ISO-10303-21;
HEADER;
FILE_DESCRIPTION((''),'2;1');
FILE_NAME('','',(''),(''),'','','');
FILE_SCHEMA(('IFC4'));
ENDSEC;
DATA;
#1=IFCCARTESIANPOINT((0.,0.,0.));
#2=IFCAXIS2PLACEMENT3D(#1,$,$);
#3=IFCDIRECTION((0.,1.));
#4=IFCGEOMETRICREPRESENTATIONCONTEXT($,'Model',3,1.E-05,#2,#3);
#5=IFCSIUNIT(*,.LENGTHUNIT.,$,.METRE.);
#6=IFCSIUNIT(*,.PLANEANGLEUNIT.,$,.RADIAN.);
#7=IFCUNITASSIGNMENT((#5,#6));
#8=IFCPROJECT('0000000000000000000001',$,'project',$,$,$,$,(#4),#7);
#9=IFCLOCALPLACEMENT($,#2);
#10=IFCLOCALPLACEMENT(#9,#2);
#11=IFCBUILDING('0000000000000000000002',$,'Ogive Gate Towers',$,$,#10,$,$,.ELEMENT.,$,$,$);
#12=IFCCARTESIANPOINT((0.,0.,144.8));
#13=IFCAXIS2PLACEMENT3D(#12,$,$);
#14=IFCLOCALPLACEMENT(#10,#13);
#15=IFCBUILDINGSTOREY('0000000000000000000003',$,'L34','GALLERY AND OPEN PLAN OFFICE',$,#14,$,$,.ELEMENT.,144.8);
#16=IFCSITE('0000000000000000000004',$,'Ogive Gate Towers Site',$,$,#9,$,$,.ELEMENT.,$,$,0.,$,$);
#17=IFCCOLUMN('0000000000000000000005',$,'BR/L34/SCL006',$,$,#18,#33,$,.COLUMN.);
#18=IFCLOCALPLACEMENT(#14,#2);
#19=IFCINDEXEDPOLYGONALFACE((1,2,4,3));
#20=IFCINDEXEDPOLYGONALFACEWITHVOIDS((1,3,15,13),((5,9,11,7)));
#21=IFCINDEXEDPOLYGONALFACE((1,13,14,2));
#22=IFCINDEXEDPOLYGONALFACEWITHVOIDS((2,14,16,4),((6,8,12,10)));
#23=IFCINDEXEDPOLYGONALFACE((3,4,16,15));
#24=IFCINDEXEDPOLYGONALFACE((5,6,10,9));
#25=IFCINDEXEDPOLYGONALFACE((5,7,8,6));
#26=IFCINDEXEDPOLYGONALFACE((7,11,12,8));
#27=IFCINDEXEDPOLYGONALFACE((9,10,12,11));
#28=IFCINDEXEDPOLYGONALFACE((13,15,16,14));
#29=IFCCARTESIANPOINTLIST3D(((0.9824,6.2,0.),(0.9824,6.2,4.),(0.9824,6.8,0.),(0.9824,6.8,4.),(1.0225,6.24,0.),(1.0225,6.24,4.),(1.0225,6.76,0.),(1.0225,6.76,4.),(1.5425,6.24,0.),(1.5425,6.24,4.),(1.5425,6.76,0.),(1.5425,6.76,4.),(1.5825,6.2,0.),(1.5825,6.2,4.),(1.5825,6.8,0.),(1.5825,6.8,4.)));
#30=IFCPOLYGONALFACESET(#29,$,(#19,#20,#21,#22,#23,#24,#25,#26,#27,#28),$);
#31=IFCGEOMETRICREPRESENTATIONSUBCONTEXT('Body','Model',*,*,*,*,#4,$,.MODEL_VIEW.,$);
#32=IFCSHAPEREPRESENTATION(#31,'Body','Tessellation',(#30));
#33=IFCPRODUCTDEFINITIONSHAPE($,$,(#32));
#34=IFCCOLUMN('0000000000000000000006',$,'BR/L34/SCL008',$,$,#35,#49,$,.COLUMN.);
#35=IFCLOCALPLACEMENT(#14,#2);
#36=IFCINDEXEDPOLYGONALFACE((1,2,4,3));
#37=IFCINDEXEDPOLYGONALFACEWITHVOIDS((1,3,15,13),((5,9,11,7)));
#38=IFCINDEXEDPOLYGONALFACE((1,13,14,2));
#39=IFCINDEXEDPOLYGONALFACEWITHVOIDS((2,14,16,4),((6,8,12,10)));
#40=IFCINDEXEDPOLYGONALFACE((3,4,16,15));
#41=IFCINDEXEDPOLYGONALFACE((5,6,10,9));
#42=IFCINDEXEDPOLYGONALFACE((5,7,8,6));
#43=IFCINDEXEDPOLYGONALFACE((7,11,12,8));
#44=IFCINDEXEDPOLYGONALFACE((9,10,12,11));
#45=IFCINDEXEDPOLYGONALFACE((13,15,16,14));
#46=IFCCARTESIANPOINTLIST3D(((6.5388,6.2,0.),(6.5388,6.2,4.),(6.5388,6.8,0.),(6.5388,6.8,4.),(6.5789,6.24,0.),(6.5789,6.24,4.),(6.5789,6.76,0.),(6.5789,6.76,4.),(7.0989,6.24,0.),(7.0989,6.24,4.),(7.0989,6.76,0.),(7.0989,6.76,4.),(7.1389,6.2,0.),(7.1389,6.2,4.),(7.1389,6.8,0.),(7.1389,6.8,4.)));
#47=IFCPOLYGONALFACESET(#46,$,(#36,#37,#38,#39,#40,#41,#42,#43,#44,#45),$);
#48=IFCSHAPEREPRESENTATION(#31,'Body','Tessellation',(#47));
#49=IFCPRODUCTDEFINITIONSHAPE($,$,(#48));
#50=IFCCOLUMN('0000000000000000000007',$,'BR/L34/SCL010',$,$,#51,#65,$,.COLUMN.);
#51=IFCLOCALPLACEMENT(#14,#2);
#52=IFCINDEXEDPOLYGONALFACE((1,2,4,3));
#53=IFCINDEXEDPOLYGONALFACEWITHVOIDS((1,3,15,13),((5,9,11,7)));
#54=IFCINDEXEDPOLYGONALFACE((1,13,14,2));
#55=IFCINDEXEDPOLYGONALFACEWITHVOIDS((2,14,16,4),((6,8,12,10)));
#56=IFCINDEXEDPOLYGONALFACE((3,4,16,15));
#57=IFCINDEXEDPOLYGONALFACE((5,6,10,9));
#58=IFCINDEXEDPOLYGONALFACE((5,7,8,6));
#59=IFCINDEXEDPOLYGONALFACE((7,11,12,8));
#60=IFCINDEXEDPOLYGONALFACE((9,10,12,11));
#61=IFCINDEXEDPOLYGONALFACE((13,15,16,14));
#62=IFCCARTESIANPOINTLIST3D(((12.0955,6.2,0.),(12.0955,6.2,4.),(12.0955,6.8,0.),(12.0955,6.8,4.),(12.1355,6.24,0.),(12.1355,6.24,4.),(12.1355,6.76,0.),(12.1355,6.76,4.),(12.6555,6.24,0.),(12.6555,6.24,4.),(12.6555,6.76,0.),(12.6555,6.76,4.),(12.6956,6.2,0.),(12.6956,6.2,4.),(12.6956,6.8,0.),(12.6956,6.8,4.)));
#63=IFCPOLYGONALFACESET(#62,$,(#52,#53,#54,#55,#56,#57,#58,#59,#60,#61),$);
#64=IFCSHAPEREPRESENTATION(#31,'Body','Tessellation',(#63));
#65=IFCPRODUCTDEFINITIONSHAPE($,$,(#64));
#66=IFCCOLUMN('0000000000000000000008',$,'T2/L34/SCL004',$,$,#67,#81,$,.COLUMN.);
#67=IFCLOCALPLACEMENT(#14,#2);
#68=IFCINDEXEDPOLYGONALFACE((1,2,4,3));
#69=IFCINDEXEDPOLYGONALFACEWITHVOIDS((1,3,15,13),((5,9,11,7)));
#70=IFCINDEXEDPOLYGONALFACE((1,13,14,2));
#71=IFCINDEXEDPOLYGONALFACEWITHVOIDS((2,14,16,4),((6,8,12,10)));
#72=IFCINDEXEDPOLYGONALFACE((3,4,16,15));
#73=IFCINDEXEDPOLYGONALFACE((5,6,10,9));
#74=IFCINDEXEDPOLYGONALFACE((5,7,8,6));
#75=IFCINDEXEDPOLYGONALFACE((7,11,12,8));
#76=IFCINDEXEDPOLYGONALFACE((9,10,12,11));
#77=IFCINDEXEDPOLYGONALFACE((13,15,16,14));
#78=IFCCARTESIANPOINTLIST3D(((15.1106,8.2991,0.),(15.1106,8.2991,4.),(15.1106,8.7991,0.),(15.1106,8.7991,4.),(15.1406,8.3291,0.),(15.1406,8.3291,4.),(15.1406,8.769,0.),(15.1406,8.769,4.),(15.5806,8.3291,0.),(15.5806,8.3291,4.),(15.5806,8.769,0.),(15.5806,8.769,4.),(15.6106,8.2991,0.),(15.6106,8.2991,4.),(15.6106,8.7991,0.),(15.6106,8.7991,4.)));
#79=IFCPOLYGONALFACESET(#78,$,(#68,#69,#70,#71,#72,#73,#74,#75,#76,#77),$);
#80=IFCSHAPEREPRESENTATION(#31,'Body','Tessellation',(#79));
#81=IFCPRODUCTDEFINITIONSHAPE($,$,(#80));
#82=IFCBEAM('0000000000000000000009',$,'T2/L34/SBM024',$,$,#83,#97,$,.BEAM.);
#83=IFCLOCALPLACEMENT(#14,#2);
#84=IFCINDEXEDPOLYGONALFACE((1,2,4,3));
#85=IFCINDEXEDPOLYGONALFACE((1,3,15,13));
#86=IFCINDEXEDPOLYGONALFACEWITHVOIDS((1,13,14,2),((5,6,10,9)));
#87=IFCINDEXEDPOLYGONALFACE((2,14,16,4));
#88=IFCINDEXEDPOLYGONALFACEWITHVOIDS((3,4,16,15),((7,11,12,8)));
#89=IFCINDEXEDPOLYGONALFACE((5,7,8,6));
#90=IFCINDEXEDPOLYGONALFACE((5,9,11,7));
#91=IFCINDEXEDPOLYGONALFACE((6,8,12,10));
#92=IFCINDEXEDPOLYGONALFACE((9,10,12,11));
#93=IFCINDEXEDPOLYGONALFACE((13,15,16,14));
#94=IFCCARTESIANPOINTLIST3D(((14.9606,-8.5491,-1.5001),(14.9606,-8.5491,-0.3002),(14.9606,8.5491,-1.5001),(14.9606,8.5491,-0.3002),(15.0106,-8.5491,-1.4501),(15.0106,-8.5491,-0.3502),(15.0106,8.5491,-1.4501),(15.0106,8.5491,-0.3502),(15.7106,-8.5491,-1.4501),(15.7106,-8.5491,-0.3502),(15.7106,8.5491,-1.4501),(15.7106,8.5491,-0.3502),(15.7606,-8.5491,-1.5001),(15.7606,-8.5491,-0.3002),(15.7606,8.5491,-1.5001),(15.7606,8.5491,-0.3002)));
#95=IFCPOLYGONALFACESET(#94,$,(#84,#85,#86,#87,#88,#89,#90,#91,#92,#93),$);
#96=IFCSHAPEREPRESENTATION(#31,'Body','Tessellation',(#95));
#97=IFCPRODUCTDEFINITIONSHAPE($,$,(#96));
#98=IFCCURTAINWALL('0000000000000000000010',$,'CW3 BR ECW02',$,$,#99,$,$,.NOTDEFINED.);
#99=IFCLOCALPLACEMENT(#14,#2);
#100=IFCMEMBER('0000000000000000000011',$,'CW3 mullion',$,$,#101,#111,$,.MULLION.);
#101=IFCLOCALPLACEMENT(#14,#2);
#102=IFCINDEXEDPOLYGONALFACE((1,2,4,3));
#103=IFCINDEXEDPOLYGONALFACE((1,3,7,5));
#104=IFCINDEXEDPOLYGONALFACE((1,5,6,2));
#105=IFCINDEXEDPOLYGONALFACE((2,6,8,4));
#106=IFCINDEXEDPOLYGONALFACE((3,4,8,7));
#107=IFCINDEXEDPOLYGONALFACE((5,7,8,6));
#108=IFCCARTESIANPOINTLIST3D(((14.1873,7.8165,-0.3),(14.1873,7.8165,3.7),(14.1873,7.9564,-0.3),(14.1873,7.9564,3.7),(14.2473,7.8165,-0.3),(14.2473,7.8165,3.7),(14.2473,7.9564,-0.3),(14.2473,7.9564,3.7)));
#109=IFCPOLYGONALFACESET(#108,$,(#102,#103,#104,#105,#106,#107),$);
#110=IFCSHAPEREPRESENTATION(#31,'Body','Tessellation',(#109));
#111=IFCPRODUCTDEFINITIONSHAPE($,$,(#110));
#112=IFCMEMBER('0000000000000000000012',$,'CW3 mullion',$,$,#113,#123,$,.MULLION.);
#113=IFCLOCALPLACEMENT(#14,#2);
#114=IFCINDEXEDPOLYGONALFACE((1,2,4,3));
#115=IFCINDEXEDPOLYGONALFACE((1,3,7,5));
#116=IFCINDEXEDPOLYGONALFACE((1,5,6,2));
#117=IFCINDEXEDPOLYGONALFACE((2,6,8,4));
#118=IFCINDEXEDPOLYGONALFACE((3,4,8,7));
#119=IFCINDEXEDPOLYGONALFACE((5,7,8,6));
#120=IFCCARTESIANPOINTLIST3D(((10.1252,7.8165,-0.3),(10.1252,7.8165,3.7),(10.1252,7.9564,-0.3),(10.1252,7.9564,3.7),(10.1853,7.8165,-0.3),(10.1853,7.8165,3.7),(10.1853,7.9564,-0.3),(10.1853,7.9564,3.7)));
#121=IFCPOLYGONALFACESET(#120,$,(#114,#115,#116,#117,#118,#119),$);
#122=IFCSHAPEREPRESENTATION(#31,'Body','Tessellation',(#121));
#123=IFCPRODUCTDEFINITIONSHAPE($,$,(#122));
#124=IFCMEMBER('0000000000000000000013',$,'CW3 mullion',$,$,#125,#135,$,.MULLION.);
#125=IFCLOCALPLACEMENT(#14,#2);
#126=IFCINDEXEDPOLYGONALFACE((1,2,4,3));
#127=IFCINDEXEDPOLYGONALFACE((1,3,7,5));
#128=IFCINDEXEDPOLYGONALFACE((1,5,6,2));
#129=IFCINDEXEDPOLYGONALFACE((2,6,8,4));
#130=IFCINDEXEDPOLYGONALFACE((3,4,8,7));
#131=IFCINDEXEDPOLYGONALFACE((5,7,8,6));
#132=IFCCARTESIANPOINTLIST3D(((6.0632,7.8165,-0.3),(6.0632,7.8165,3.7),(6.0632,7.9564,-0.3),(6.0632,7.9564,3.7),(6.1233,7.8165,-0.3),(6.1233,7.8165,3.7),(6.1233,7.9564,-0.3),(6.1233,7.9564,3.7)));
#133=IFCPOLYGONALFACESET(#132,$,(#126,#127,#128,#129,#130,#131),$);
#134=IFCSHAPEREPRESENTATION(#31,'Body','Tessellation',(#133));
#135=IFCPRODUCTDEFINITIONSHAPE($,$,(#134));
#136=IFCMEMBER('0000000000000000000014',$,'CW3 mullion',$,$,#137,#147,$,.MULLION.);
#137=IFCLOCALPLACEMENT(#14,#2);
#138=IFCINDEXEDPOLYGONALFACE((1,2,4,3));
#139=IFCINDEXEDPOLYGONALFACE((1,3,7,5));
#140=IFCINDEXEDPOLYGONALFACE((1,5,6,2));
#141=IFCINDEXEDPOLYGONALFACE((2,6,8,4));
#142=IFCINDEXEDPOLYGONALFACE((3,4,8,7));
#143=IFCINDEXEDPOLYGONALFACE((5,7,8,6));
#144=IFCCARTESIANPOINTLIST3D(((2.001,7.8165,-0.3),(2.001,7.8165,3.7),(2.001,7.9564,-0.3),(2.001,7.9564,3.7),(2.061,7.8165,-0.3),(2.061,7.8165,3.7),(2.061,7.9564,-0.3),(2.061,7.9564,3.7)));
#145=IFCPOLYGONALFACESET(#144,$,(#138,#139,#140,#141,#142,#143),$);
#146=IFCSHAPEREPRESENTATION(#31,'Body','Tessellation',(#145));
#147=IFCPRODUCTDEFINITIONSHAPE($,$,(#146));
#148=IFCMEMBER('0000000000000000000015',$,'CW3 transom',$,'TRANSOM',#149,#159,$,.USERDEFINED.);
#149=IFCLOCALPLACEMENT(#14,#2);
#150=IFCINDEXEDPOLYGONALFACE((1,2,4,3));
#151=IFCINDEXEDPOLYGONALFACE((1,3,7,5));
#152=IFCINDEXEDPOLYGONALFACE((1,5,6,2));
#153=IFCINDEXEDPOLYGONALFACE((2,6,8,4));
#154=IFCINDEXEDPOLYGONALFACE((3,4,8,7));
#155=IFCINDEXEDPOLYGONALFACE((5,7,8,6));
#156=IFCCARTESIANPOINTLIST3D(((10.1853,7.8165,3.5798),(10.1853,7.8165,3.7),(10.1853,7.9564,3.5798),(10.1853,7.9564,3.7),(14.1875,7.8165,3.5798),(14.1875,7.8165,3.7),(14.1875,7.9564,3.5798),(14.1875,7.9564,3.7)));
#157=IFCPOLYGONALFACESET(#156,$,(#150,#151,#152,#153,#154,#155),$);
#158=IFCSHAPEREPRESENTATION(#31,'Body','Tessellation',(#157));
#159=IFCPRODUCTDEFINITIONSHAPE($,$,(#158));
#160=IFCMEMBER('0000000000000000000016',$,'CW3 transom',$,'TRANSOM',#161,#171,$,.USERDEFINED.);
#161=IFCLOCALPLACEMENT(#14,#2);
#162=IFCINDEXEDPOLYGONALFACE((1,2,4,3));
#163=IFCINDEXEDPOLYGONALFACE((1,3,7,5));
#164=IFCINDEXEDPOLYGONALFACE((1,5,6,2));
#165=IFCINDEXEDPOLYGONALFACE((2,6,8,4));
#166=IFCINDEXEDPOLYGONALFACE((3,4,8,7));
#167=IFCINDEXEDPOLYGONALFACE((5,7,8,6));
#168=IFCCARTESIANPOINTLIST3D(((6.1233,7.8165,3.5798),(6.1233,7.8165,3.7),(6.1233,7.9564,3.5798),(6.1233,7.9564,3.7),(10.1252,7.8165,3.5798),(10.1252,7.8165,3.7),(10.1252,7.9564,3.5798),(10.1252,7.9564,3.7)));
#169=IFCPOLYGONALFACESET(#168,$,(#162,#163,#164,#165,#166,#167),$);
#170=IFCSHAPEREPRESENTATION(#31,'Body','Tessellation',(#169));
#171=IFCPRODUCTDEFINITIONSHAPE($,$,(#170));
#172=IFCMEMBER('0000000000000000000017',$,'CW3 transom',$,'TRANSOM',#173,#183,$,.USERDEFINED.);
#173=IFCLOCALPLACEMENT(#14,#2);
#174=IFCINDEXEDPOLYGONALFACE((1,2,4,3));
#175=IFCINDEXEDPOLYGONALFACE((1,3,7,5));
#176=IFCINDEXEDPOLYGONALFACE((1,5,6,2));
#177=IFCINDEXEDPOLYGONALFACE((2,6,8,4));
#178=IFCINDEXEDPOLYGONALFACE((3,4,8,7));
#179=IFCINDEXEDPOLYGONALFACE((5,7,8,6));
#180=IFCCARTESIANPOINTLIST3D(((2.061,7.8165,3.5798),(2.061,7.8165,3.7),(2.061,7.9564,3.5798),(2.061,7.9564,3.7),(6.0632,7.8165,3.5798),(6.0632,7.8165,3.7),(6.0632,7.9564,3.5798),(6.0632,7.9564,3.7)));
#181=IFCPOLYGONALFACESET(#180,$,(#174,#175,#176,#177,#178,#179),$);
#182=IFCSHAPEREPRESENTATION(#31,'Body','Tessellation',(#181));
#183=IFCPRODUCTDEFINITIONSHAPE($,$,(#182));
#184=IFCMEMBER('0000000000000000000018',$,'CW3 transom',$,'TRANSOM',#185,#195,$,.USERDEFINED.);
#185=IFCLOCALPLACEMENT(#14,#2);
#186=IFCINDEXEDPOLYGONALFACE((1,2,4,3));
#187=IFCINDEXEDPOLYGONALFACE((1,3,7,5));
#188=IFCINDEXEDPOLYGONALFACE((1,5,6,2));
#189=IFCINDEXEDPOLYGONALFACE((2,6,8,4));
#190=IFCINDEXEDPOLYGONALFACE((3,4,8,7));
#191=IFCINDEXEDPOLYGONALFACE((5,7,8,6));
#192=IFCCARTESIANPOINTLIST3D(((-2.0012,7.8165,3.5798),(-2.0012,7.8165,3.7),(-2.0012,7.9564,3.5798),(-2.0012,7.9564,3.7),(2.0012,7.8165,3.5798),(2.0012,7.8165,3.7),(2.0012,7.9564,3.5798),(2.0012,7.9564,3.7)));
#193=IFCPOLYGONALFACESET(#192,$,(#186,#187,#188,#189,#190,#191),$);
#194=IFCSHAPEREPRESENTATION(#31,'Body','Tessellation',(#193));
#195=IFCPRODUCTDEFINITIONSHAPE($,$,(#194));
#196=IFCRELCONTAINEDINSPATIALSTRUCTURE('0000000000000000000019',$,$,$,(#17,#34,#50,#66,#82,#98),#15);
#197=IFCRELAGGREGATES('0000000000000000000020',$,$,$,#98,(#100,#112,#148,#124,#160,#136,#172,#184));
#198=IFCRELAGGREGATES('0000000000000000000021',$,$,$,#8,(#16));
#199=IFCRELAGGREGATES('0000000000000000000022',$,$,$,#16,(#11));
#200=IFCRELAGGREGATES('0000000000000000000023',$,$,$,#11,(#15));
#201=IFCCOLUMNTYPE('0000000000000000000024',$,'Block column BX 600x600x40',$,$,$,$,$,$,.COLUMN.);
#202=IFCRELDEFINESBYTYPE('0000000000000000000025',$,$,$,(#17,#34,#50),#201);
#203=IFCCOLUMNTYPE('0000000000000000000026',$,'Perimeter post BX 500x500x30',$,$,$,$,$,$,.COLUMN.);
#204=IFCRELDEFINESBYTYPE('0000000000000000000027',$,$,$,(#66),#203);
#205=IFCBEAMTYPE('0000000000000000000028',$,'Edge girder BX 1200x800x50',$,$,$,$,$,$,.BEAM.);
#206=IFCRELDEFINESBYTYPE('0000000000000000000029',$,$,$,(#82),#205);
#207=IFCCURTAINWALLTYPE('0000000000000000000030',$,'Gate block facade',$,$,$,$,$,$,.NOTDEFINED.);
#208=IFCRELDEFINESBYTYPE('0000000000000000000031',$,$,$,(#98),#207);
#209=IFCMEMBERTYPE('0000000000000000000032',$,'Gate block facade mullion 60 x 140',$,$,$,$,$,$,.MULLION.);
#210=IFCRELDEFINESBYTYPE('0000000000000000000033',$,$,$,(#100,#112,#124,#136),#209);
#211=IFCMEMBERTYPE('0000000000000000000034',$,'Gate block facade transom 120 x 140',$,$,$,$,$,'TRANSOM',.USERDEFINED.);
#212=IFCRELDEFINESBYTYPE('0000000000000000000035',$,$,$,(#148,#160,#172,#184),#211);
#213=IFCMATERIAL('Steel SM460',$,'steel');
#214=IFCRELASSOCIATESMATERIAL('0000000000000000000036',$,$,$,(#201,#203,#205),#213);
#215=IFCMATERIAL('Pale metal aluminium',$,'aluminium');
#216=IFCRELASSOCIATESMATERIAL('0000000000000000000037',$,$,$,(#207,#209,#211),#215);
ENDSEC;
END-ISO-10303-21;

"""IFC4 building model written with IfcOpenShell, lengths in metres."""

from ifc_helpers import new_model, si_unit, direction, frame, origin, origin_2d, place, context, subcontext, project, spatial, rectangle, hollow_rectangle, extrude, material, material_profile, profile_set, type_object, element, aggregate, save


model = new_model("IFC4")

# Units and contexts
model_context = context("Model", 3, precision=1e-05, world=origin(), true_north=direction((0.0, 1.0)))
body_context = subcontext(model_context, "Body", "Model", "MODEL_VIEW")
ifc_project = project(units=[si_unit("LENGTHUNIT", "METRE"), si_unit("PLANEANGLEUNIT", "RADIAN")], contexts=[model_context])

# Site, building, storey
site_placement = place(None, origin())
site = spatial("IfcSite", under=ifc_project, at=site_placement, Name="Ogive Gate Towers Site", CompositionType="ELEMENT", RefElevation=0.0)
building_placement = place(site_placement, origin())
building = spatial("IfcBuilding", under=site, at=building_placement, Name="Ogive Gate Towers", CompositionType="ELEMENT")
storey_placement = place(building_placement, frame((0.0, 0.0, 144.8)))
storey = spatial("IfcBuildingStorey", under=building, at=storey_placement, Name="L34", Description="GALLERY AND OPEN PLAN OFFICE", CompositionType="ELEMENT", Elevation=144.8)

# Columns
ifc_material_1 = material(Name="Steel SM460", Category="steel")
ifc_material_profile_1 = material_profile(ifc_material_1, hollow_rectangle(XDim=0.6001, YDim=0.6001, WallThickness=0.04, at=origin_2d()), Name="BX 600x600x40")
ifc_profile_set_1 = profile_set([ifc_material_profile_1], Name="Steel SM460")
column_type_1 = type_object("IfcColumnType", Name="Block column BX 600x600x40", PredefinedType="COLUMN", material=ifc_profile_set_1)
for number, where, z_axis, x_axis, name in (
    (1, (1.2825, 6.5, 0.0), (0.0, 0.0, 1.0), (1.0, 0.0, 0.0), "BR/L34/SCL006"),
    (2, (6.8389, 6.5, 0.0), (0.0, 0.0, 1.0), (1.0, 0.0, 0.0), "BR/L34/SCL008"),
    (3, (12.3955, 6.5, 0.0), (0.0, 0.0, 1.0), (1.0, 0.0, 0.0), "BR/L34/SCL010"),
):
    element("IfcColumn", number, at=place(storey_placement, frame(where, z_axis=z_axis, x_axis=x_axis)), inside=storey, type_object=column_type_1, Name=name, PredefinedType="COLUMN", context=body_context, shape_type="SweptSolid", body=[
        extrude(hollow_rectangle(XDim=0.6001, YDim=0.6001, WallThickness=0.04, at=origin_2d()), origin(), (0.0, 0.0, 1.0), 4.0),
    ])
ifc_material_profile_2 = material_profile(ifc_material_1, hollow_rectangle(XDim=0.5, YDim=0.5, WallThickness=0.03, at=origin_2d()), Name="BX 500x500x30")
ifc_profile_set_2 = profile_set([ifc_material_profile_2], Name="Steel SM460")
column_type_2 = type_object("IfcColumnType", Name="Perimeter post BX 500x500x30", PredefinedType="COLUMN", material=ifc_profile_set_2)
column_placement = place(storey_placement, frame((15.3606, 8.5491, 0.0), z_axis=(0.0, 0.0, 1.0), x_axis=(1.0, 0.0, 0.0)))
element("IfcColumn", 4, at=column_placement, inside=storey, type_object=column_type_2, Name="T2/L34/SCL004", PredefinedType="COLUMN", context=body_context, shape_type="SweptSolid", body=[
    extrude(hollow_rectangle(XDim=0.5, YDim=0.5, WallThickness=0.03, at=origin_2d()), origin(), (0.0, 0.0, 1.0), 4.0),
])

# Beam
ifc_material_profile_3 = material_profile(ifc_material_1, hollow_rectangle(XDim=0.8, YDim=1.2, WallThickness=0.05, at=origin_2d()), Name="BX 1200x800x50")
ifc_profile_set_3 = profile_set([ifc_material_profile_3], Name="Steel SM460")
beam_type = type_object("IfcBeamType", Name="Edge girder BX 1200x800x50", PredefinedType="BEAM", material=ifc_profile_set_3)
beam_placement = place(storey_placement, frame((15.3606, 8.5491, -0.9001), z_axis=(0.0, -1.0, 0.0), x_axis=(1.0, 0.0, 0.0)))
element("IfcBeam", 5, at=beam_placement, inside=storey, type_object=beam_type, Name="T2/L34/SBM024", PredefinedType="BEAM", context=body_context, shape_type="SweptSolid", body=[
    extrude(hollow_rectangle(XDim=0.8, YDim=1.2, WallThickness=0.05, at=origin_2d()), origin(), (0.0, 0.0, 1.0), 17.0981),
])

# Curtain wall, members
ifc_material_2 = material(Name="Pale metal aluminium", Category="aluminium")
curtain_wall_type_1 = type_object("IfcCurtainWallType", Name="Gate block facade", PredefinedType="NOTDEFINED", material=ifc_material_2)
curtain_wall_1_placement = place(storey_placement, origin())
curtain_wall_1 = element("IfcCurtainWall", 6, at=curtain_wall_1_placement, inside=storey, type_object=curtain_wall_type_1, Name="CW3 BR ECW02", PredefinedType="NOTDEFINED")
ifc_material_profile_4 = material_profile(ifc_material_2, rectangle(XDim=0.1399, YDim=0.0601, at=origin_2d()), Name="60 x 140 aluminium box")
ifc_profile_set_4 = profile_set([ifc_material_profile_4], Name="Pale metal aluminium")
member_type_1 = type_object("IfcMemberType", Name="Gate block facade mullion 60 x 140", PredefinedType="MULLION", material=ifc_profile_set_4)
member_1_placement = place(storey_placement, frame((14.2173, 7.8865, -0.3), z_axis=(0.0, 0.0, 1.0), x_axis=(0.0, 1.0, 0.0)))
member_1 = element("IfcMember", 7, at=member_1_placement, type_object=member_type_1, Name="CW3 mullion", PredefinedType="MULLION", context=body_context, shape_type="SweptSolid", body=[
    extrude(rectangle(XDim=0.1399, YDim=0.0601, at=origin_2d()), origin(), (0.0, 0.0, 1.0), 4.0),
])
member_2_placement = place(storey_placement, frame((10.1553, 7.8865, -0.3), z_axis=(0.0, 0.0, 1.0), x_axis=(0.0, 1.0, 0.0)))
member_2 = element("IfcMember", 8, at=member_2_placement, type_object=member_type_1, Name="CW3 mullion", PredefinedType="MULLION", context=body_context, shape_type="SweptSolid", body=[
    extrude(rectangle(XDim=0.1399, YDim=0.0601, at=origin_2d()), origin(), (0.0, 0.0, 1.0), 4.0),
])
member_3_placement = place(storey_placement, frame((6.0933, 7.8865, -0.3), z_axis=(0.0, 0.0, 1.0), x_axis=(0.0, 1.0, 0.0)))
member_3 = element("IfcMember", 9, at=member_3_placement, type_object=member_type_1, Name="CW3 mullion", PredefinedType="MULLION", context=body_context, shape_type="SweptSolid", body=[
    extrude(rectangle(XDim=0.1399, YDim=0.0601, at=origin_2d()), origin(), (0.0, 0.0, 1.0), 4.0),
])
member_4_placement = place(storey_placement, frame((2.031, 7.8865, -0.3), z_axis=(0.0, 0.0, 1.0), x_axis=(0.0, 1.0, 0.0)))
member_4 = element("IfcMember", 10, at=member_4_placement, type_object=member_type_1, Name="CW3 mullion", PredefinedType="MULLION", context=body_context, shape_type="SweptSolid", body=[
    extrude(rectangle(XDim=0.1399, YDim=0.0601, at=origin_2d()), origin(), (0.0, 0.0, 1.0), 4.0),
])
ifc_material_profile_5 = material_profile(ifc_material_2, rectangle(XDim=0.1399, YDim=0.1201, at=origin_2d()), Name="120 x 140 aluminium box")
ifc_profile_set_5 = profile_set([ifc_material_profile_5], Name="Pale metal aluminium")
member_type_2 = type_object("IfcMemberType", Name="Gate block facade transom 120 x 140", ElementType="TRANSOM", PredefinedType="USERDEFINED", material=ifc_profile_set_5)
member_5_placement = place(storey_placement, frame((14.1875, 7.8865, 3.6399), z_axis=(-1.0, 0.0, 0.0), x_axis=(0.0, -1.0, 0.0)))
member_5 = element("IfcMember", 11, at=member_5_placement, type_object=member_type_2, Name="CW3 transom", ObjectType="TRANSOM", PredefinedType="USERDEFINED", context=body_context, shape_type="SweptSolid", body=[
    extrude(rectangle(XDim=0.1399, YDim=0.1201, at=origin_2d()), origin(), (0.0, 0.0, 1.0), 4.0022),
])
member_6_placement = place(storey_placement, frame((10.1252, 7.8865, 3.6399), z_axis=(-1.0, 0.0, 0.0), x_axis=(0.0, -1.0, 0.0)))
member_6 = element("IfcMember", 12, at=member_6_placement, type_object=member_type_2, Name="CW3 transom", ObjectType="TRANSOM", PredefinedType="USERDEFINED", context=body_context, shape_type="SweptSolid", body=[
    extrude(rectangle(XDim=0.1399, YDim=0.1201, at=origin_2d()), origin(), (0.0, 0.0, 1.0), 4.002),
])
member_7_placement = place(storey_placement, frame((6.0632, 7.8865, 3.6399), z_axis=(-1.0, 0.0, 0.0), x_axis=(0.0, -1.0, 0.0)))
member_7 = element("IfcMember", 13, at=member_7_placement, type_object=member_type_2, Name="CW3 transom", ObjectType="TRANSOM", PredefinedType="USERDEFINED", context=body_context, shape_type="SweptSolid", body=[
    extrude(rectangle(XDim=0.1399, YDim=0.1201, at=origin_2d()), origin(), (0.0, 0.0, 1.0), 4.0022),
])
member_8_placement = place(storey_placement, frame((2.0012, 7.8865, 3.6399), z_axis=(-1.0, 0.0, 0.0), x_axis=(0.0, -1.0, 0.0)))
member_8 = element("IfcMember", 14, at=member_8_placement, type_object=member_type_2, Name="CW3 transom", ObjectType="TRANSOM", PredefinedType="USERDEFINED", context=body_context, shape_type="SweptSolid", body=[
    extrude(rectangle(XDim=0.1399, YDim=0.1201, at=origin_2d()), origin(), (0.0, 0.0, 1.0), 4.0024),
])

aggregate(curtain_wall_1, [member_1, member_2, member_5, member_3, member_6, member_4, member_7, member_8])

save(model, "model.ifc")
